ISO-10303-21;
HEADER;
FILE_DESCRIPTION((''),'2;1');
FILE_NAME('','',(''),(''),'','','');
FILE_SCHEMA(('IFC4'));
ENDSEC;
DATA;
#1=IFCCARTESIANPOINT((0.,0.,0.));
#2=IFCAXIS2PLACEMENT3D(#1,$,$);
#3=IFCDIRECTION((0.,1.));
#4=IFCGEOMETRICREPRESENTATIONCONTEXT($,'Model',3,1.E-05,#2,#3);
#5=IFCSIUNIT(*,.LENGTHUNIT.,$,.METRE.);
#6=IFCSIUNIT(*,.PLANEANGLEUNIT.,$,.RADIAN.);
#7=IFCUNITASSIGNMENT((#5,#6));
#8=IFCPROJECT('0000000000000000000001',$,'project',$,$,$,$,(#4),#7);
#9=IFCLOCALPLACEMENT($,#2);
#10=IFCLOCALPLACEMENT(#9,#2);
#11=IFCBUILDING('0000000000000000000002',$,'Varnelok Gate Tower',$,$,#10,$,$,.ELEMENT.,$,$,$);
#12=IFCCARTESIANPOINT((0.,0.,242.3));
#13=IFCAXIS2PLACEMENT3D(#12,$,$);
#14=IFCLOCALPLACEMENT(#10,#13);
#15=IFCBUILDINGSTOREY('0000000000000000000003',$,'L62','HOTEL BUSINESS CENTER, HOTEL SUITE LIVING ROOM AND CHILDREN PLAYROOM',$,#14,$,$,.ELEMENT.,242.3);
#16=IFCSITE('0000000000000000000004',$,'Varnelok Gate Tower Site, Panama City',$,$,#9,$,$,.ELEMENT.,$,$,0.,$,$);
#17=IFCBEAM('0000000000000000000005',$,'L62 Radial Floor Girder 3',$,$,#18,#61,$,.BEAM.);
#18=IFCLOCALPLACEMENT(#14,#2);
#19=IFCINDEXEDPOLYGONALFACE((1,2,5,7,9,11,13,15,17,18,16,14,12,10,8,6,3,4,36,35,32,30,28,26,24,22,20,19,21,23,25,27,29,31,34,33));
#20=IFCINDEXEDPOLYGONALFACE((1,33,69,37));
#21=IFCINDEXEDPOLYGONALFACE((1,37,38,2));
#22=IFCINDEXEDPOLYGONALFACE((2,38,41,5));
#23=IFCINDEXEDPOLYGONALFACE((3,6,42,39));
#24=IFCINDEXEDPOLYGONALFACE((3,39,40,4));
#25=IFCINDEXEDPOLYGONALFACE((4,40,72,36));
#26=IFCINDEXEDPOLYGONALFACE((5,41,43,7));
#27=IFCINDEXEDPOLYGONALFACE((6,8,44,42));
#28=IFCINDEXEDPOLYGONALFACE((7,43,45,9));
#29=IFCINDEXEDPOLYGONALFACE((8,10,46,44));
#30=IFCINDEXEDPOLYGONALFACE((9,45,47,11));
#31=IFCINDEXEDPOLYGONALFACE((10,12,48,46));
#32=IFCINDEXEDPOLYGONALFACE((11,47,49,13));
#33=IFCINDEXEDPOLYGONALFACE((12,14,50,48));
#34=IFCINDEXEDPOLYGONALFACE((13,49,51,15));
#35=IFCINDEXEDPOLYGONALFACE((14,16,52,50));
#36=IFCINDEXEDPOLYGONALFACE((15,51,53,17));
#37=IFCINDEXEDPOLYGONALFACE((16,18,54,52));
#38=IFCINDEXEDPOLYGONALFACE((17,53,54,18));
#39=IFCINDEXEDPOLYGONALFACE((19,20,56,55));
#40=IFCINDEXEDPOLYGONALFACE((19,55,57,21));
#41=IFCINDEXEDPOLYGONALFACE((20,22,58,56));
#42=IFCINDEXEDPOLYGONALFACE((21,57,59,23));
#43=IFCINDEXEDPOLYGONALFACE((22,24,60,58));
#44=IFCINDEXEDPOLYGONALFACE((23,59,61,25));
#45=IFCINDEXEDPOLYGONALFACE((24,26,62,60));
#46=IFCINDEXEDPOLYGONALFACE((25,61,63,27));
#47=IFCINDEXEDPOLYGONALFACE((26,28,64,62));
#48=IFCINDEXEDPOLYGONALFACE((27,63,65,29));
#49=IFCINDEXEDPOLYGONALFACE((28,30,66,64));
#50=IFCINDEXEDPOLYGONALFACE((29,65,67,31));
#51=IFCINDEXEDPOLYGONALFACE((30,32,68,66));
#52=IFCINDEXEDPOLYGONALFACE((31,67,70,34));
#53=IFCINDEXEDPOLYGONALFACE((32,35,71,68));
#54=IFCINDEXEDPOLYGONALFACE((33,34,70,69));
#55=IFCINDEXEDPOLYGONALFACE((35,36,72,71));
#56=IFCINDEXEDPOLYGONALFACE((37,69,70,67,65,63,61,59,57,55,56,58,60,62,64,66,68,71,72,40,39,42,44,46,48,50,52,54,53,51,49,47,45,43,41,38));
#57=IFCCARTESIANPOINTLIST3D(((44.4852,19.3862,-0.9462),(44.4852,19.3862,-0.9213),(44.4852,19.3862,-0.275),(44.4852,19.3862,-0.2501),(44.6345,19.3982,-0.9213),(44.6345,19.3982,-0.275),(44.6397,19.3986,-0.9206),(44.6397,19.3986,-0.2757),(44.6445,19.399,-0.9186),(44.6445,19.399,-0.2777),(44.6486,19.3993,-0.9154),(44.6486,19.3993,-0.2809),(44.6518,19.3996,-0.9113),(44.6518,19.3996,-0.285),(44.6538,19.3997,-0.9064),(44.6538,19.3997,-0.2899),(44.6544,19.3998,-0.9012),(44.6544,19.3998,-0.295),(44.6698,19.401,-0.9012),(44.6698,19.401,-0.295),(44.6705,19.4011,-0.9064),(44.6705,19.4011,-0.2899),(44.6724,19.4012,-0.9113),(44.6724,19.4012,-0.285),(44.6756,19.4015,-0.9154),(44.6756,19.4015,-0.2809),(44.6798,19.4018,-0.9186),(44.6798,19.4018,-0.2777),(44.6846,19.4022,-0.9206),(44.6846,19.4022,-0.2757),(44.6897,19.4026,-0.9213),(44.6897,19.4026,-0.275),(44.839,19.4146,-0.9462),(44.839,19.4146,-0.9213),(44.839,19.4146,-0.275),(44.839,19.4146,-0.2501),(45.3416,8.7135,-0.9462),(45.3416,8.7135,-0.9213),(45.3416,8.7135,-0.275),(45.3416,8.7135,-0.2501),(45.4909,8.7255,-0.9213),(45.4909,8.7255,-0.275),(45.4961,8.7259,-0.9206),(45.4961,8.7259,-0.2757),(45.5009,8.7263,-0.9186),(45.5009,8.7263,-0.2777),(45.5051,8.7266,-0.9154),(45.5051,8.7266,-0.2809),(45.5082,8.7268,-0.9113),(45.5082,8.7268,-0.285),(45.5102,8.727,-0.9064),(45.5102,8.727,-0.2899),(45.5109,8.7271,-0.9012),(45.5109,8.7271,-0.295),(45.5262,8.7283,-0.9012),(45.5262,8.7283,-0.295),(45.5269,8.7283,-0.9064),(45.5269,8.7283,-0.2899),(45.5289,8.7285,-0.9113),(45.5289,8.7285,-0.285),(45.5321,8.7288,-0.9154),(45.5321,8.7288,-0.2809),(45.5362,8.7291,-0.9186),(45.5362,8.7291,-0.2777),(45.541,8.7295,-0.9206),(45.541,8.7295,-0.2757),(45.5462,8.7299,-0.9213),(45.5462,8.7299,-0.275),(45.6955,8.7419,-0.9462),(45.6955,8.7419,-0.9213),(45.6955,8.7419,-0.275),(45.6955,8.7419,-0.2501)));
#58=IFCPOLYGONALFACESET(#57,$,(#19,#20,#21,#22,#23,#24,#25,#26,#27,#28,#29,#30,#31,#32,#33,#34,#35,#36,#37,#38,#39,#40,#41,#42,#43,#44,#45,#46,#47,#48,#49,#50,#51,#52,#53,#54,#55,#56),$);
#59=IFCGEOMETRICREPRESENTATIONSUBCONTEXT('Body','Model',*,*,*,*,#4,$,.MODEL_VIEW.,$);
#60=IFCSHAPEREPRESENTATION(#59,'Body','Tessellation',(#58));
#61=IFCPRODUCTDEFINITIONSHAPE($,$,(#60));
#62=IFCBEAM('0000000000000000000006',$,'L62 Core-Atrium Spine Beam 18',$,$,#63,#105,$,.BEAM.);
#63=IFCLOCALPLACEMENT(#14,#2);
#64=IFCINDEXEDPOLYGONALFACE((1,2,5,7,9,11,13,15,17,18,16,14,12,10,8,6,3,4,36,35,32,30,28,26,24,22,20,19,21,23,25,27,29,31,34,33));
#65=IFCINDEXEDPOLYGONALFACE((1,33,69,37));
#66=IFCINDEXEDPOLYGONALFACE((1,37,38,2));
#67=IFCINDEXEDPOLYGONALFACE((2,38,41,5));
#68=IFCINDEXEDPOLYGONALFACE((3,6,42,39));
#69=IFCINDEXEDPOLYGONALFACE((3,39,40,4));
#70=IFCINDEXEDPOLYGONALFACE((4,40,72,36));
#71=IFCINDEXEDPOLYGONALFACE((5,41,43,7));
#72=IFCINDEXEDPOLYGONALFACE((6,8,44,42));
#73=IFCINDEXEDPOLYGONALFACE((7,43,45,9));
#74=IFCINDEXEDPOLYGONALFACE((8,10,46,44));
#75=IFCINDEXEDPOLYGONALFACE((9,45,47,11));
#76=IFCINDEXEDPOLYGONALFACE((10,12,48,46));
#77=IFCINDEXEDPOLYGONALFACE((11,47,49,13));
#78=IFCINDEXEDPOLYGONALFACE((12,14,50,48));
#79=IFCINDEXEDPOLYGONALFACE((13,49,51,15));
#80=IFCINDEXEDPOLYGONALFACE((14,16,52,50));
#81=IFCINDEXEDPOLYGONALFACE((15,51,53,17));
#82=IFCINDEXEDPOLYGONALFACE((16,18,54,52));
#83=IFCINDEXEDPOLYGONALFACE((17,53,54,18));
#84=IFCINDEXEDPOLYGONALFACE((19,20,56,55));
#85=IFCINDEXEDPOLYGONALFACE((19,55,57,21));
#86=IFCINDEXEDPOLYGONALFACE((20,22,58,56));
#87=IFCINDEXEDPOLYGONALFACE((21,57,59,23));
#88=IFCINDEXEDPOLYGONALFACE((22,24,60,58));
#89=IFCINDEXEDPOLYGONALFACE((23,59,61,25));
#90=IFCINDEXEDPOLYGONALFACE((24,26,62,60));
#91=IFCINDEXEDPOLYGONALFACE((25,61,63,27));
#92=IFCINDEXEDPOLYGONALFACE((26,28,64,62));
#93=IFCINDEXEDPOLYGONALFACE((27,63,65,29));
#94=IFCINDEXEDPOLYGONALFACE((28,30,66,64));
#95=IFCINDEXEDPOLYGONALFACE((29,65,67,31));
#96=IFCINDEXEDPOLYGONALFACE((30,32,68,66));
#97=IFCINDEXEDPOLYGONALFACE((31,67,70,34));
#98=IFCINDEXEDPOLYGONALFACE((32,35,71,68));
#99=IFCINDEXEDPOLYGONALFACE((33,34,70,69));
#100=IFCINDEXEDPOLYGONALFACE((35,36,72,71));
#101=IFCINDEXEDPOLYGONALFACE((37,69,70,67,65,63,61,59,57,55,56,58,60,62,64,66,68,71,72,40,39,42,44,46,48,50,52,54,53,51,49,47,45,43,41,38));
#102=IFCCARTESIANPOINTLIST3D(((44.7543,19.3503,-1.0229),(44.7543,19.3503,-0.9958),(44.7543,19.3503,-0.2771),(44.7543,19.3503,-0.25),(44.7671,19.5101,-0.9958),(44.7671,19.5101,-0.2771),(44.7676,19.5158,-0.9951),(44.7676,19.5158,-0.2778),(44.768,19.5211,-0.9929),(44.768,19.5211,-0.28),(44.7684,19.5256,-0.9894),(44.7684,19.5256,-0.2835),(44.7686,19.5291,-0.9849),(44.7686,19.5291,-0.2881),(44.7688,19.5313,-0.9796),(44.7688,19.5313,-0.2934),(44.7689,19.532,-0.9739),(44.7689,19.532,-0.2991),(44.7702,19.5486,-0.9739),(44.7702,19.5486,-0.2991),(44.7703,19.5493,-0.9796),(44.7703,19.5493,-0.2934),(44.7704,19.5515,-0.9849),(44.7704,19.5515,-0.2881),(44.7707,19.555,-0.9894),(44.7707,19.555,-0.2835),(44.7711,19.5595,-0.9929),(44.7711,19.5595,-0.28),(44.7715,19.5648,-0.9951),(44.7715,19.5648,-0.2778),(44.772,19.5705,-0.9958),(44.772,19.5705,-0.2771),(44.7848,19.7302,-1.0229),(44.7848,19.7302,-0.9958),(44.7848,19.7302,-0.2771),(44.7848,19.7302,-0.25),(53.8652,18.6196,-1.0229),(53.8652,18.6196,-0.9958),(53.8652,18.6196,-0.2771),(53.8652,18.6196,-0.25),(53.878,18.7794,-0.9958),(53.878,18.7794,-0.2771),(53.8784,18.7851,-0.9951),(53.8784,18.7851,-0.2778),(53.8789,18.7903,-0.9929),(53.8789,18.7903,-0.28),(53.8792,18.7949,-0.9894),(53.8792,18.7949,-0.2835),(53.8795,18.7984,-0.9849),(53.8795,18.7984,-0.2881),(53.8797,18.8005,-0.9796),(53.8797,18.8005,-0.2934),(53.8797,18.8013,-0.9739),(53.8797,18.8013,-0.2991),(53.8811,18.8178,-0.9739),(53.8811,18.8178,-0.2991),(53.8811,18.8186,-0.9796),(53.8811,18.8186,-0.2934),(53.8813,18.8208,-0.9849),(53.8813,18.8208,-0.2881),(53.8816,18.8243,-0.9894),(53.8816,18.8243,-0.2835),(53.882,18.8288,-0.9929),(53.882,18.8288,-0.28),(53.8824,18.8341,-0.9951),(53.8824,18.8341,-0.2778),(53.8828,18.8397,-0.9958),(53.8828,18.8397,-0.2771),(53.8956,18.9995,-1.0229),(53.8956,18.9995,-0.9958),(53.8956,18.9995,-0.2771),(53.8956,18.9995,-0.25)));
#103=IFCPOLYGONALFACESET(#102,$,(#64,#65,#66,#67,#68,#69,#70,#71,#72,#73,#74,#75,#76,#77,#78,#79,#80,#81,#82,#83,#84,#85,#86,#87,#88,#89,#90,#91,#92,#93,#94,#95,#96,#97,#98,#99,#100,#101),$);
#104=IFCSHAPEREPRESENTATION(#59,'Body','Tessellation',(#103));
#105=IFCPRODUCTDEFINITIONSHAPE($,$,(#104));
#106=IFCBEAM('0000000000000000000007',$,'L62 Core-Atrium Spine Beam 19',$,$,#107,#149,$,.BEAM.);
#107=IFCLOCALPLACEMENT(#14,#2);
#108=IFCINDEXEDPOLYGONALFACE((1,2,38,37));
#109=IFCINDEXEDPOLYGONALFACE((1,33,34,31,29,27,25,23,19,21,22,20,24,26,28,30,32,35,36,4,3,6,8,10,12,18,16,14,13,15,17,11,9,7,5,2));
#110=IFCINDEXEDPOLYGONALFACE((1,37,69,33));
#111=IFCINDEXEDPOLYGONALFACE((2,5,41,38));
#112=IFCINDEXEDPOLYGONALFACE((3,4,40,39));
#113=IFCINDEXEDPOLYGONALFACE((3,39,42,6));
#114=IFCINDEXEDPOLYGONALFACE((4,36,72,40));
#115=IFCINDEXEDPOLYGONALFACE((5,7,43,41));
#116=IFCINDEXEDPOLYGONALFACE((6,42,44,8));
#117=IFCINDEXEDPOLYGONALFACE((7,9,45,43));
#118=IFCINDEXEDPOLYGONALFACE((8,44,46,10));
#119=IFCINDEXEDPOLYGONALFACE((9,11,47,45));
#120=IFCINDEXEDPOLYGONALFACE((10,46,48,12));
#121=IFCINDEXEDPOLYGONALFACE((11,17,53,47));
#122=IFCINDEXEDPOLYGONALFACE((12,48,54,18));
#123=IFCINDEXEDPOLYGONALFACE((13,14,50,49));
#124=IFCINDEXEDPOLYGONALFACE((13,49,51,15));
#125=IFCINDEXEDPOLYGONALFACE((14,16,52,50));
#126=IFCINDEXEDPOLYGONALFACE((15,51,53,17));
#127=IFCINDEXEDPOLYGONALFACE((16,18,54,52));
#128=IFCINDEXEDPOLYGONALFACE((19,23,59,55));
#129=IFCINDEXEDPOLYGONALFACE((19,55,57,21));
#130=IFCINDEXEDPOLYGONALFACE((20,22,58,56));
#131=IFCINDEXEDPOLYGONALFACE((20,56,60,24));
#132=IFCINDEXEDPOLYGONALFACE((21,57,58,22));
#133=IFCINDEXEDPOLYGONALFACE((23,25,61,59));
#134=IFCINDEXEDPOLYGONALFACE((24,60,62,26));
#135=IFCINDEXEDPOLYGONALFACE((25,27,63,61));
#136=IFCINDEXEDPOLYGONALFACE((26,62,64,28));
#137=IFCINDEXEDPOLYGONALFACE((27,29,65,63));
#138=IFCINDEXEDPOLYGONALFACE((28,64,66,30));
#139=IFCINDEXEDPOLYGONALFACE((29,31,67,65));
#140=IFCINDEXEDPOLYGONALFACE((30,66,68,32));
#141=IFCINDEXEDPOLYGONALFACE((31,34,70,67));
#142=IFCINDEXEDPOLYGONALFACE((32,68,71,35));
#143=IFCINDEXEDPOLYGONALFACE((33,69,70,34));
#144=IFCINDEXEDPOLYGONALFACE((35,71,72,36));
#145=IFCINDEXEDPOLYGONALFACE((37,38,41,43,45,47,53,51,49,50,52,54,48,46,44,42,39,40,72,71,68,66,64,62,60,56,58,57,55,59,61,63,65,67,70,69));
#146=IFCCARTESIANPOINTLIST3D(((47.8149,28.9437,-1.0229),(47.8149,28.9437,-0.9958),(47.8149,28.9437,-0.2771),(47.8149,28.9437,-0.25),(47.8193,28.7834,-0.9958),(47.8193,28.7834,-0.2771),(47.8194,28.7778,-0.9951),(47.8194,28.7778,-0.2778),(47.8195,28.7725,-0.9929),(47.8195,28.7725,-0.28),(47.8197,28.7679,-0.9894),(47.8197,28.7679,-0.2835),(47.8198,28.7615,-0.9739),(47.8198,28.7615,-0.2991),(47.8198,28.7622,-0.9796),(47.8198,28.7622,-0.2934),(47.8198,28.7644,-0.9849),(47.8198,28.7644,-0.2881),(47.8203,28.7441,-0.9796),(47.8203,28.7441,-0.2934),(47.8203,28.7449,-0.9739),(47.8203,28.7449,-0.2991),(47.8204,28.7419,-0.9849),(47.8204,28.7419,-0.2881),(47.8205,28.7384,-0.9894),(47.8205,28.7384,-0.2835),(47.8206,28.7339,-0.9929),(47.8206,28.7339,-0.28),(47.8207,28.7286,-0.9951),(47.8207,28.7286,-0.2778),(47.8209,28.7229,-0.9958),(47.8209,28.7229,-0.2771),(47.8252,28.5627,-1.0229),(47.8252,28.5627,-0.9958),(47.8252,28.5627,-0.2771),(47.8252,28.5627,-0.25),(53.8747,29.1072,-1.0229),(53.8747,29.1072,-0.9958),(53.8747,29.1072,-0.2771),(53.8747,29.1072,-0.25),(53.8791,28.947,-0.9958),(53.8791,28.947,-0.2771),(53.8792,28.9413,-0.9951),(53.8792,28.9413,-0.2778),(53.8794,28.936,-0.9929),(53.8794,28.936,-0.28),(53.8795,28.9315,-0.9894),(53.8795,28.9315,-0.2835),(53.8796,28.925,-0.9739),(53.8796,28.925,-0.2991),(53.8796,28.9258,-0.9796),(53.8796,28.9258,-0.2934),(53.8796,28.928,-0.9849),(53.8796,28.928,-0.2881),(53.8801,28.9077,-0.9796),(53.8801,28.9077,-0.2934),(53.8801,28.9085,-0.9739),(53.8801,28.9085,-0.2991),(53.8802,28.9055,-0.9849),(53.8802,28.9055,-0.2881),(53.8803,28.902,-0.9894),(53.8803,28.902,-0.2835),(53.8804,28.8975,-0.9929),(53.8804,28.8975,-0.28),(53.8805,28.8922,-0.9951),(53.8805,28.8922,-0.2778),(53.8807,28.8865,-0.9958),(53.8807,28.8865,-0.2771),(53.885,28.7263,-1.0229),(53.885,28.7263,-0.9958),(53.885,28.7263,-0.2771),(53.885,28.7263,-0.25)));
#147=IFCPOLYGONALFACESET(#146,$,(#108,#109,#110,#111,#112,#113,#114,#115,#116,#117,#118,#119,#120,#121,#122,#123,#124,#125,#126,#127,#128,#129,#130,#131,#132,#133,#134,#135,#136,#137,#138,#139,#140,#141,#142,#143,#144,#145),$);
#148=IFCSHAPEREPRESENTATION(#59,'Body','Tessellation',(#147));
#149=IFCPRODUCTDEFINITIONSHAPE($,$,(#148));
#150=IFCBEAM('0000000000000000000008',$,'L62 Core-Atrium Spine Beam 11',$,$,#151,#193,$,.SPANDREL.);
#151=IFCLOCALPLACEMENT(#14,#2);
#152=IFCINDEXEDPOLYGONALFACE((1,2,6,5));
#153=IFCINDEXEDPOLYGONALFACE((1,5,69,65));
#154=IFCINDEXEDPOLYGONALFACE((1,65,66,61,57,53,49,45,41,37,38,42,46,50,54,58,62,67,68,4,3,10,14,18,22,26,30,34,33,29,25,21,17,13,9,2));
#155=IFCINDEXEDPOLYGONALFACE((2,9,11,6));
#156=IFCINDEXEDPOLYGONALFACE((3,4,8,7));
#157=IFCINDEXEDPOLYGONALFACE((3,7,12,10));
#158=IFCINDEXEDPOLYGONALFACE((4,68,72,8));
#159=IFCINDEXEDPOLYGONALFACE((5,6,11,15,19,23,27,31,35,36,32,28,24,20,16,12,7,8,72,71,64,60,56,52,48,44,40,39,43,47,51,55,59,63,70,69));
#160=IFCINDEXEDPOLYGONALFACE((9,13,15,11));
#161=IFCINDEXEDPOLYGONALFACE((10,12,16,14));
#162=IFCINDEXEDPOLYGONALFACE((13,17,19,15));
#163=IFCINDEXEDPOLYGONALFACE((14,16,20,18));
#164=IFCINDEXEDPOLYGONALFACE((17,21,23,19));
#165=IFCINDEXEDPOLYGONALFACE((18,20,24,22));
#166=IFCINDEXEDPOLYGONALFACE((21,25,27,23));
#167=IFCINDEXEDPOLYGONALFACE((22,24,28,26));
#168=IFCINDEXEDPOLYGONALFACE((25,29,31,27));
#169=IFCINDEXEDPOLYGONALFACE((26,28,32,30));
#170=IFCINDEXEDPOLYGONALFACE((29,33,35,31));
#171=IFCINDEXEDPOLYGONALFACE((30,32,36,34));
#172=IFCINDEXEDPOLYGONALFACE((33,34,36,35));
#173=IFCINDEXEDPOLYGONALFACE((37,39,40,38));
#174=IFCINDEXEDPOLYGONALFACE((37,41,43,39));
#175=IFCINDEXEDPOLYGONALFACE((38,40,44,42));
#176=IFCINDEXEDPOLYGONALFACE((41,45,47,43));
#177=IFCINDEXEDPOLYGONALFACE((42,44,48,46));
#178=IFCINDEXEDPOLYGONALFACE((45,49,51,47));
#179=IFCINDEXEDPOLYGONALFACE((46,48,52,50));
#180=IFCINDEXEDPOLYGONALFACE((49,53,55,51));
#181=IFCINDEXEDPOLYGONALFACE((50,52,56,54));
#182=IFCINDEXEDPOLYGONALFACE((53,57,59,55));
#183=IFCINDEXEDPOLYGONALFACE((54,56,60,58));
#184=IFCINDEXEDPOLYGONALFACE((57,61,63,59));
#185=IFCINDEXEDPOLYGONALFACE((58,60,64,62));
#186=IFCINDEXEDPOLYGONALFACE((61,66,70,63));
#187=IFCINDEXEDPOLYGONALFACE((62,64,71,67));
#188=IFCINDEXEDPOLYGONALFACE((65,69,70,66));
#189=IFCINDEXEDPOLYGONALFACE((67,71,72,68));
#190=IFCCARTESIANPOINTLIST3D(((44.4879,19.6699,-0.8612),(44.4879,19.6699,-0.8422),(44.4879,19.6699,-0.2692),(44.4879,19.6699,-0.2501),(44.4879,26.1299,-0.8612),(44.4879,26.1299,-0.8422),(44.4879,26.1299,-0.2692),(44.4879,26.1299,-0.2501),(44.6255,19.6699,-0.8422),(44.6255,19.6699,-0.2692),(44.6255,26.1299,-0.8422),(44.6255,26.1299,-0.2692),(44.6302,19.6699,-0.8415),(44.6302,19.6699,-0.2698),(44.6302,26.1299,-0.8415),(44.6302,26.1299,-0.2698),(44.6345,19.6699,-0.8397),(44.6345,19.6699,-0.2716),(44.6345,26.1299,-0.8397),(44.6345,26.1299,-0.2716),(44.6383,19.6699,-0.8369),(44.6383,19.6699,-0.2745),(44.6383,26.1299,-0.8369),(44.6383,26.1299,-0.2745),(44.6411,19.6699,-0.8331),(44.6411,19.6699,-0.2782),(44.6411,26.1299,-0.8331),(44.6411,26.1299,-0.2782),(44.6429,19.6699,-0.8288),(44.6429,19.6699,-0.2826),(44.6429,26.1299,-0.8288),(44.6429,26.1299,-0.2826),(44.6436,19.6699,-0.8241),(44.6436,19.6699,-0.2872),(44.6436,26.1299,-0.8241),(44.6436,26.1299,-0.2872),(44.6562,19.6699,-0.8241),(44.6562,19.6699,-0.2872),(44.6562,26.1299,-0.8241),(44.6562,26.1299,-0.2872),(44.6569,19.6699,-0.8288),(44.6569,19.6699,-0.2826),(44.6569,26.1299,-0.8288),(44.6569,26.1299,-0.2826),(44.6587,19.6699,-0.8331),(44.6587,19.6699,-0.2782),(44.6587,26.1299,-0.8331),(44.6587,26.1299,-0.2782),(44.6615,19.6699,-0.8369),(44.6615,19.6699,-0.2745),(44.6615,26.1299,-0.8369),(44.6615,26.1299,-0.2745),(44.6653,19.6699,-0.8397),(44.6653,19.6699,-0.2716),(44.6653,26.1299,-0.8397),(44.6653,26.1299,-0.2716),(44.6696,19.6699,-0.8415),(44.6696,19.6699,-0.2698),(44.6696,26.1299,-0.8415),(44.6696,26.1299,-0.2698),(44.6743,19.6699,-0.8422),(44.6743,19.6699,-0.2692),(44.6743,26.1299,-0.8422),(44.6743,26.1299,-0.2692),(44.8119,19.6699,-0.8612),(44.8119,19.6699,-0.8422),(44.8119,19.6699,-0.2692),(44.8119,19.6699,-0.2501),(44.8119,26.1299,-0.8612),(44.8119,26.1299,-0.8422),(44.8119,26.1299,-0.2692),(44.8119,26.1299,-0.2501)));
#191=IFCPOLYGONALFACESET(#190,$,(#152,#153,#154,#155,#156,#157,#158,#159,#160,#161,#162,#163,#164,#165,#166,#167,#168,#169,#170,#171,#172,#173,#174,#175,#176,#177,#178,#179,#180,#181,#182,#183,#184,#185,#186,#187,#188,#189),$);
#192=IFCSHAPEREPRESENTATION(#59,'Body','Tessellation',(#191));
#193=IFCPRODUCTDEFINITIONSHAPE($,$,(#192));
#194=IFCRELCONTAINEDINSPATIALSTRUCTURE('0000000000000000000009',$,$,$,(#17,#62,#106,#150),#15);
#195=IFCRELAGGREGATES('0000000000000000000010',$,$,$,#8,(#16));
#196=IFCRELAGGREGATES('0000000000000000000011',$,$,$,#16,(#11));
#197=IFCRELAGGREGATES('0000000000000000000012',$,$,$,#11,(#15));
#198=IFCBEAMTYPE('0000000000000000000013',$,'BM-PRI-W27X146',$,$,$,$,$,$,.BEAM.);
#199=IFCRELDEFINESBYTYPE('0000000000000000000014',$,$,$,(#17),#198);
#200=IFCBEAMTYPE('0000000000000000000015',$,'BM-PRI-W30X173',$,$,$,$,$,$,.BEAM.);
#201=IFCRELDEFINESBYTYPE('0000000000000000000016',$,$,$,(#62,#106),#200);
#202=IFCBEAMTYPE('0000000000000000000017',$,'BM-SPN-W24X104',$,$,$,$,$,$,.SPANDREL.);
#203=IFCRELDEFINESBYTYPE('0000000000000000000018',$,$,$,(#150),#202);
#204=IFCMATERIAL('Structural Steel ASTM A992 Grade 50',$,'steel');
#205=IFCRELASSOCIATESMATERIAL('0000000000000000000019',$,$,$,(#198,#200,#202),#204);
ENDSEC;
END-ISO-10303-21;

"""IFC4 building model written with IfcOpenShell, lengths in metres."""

from ifc_helpers import new_model, si_unit, direction, frame, origin, origin_2d, place, context, subcontext, project, spatial, i_section, extrude, material, material_profile, profile_set, type_object, element, save


model = new_model("IFC4")

# Units and contexts
model_context = context("Model", 3, precision=1e-05, world=origin(), true_north=direction((0.0, 1.0)))
body_context = subcontext(model_context, "Body", "Model", "MODEL_VIEW")
ifc_project = project(units=[si_unit("LENGTHUNIT", "METRE"), si_unit("PLANEANGLEUNIT", "RADIAN")], contexts=[model_context])

# Site, building, storey
site_placement = place(None, origin())
site = spatial("IfcSite", under=ifc_project, at=site_placement, Name="Varnelok Gate Tower Site, Panama City", CompositionType="ELEMENT", RefElevation=0.0)
building_placement = place(site_placement, origin())
building = spatial("IfcBuilding", under=site, at=building_placement, Name="Varnelok Gate Tower", CompositionType="ELEMENT")
storey_placement = place(building_placement, frame((0.0, 0.0, 242.3)))
storey = spatial("IfcBuildingStorey", under=building, at=storey_placement, Name="L62", Description="HOTEL BUSINESS CENTER, HOTEL SUITE LIVING ROOM AND CHILDREN PLAYROOM", CompositionType="ELEMENT", Elevation=242.3)

# Shared definitions
ifc_material_1 = material(Name="Structural Steel ASTM A992 Grade 50", Category="steel")

# Beams
ifc_material_profile_1 = material_profile(ifc_material_1, i_section(OverallWidth=0.355, OverallDepth=0.696, WebThickness=0.0154, FlangeThickness=0.0249, FilletRadius=0.02, at=origin_2d()), Name="W27X146")
ifc_profile_set_1 = profile_set([ifc_material_profile_1], Name="Structural Steel ASTM A992 Grade 50")
beam_type_1 = type_object("IfcBeamType", Name="BM-PRI-W27X146", PredefinedType="BEAM", material=ifc_profile_set_1)
beam_1_placement = place(storey_placement, frame((44.6621, 19.4004, -0.5981), z_axis=(0.07999, -0.996796, 0.0), x_axis=(0.996796, 0.07999, 0.0)))
element("IfcBeam", 1, at=beam_1_placement, inside=storey, type_object=beam_type_1, Name="L62 Radial Floor Girder 3", PredefinedType="BEAM", context=body_context, shape_type="SweptSolid", body=[
    extrude(i_section(OverallWidth=0.355, OverallDepth=0.696, WebThickness=0.0154, FlangeThickness=0.0249, FilletRadius=0.02, at=origin_2d()), origin(), (0.0, 0.0, 1.0), 10.707),
])
ifc_material_profile_2 = material_profile(ifc_material_1, i_section(OverallWidth=0.3811, OverallDepth=0.7729, WebThickness=0.0166, FlangeThickness=0.0271, FilletRadius=0.022, at=origin_2d()), Name="W30X173")
ifc_profile_set_2 = profile_set([ifc_material_profile_2], Name="Structural Steel ASTM A992 Grade 50")
beam_type_2 = type_object("IfcBeamType", Name="BM-PRI-W30X173", PredefinedType="BEAM", material=ifc_profile_set_2)
beam_2_placement = place(storey_placement, frame((44.7695, 19.5403, -0.6365), z_axis=(0.996799, -0.079946, 0.0), x_axis=(0.079946, 0.996799, 0.0)))
element("IfcBeam", 2, at=beam_2_placement, inside=storey, type_object=beam_type_2, Name="L62 Core-Atrium Spine Beam 18", PredefinedType="BEAM", context=body_context, shape_type="SweptSolid", body=[
    extrude(i_section(OverallWidth=0.3811, OverallDepth=0.7729, WebThickness=0.0166, FlangeThickness=0.0271, FilletRadius=0.022, at=origin_2d()), origin(), (0.0, 0.0, 1.0), 9.1401),
])
beam_3_placement = place(storey_placement, frame((47.8201, 28.7532, -0.6365), z_axis=(0.999636, 0.026983, 0.0), x_axis=(-0.026983, 0.999636, 0.0)))
element("IfcBeam", 3, at=beam_3_placement, inside=storey, type_object=beam_type_2, Name="L62 Core-Atrium Spine Beam 19", PredefinedType="BEAM", context=body_context, shape_type="SweptSolid", body=[
    extrude(i_section(OverallWidth=0.3811, OverallDepth=0.7729, WebThickness=0.0166, FlangeThickness=0.0271, FilletRadius=0.022, at=origin_2d()), origin(), (0.0, 0.0, 1.0), 6.062),
])
ifc_material_profile_3 = material_profile(ifc_material_1, i_section(OverallWidth=0.324, OverallDepth=0.6111, WebThickness=0.0127, FlangeThickness=0.019, FilletRadius=0.0181, at=origin_2d()), Name="W24X104")
ifc_profile_set_3 = profile_set([ifc_material_profile_3], Name="Structural Steel ASTM A992 Grade 50")
beam_type_3 = type_object("IfcBeamType", Name="BM-SPN-W24X104", PredefinedType="SPANDREL", material=ifc_profile_set_3)
beam_4_placement = place(storey_placement, frame((44.6499, 19.6699, -0.5557), z_axis=(0.0, 1.0, 0.0), x_axis=(-1.0, 0.0, 0.0)))
element("IfcBeam", 4, at=beam_4_placement, inside=storey, type_object=beam_type_3, Name="L62 Core-Atrium Spine Beam 11", PredefinedType="SPANDREL", context=body_context, shape_type="SweptSolid", body=[
    extrude(i_section(OverallWidth=0.324, OverallDepth=0.6111, WebThickness=0.0127, FlangeThickness=0.019, FilletRadius=0.0181, at=origin_2d()), origin(), (0.0, 0.0, 1.0), 6.46),
])

save(model, "model.ifc")
